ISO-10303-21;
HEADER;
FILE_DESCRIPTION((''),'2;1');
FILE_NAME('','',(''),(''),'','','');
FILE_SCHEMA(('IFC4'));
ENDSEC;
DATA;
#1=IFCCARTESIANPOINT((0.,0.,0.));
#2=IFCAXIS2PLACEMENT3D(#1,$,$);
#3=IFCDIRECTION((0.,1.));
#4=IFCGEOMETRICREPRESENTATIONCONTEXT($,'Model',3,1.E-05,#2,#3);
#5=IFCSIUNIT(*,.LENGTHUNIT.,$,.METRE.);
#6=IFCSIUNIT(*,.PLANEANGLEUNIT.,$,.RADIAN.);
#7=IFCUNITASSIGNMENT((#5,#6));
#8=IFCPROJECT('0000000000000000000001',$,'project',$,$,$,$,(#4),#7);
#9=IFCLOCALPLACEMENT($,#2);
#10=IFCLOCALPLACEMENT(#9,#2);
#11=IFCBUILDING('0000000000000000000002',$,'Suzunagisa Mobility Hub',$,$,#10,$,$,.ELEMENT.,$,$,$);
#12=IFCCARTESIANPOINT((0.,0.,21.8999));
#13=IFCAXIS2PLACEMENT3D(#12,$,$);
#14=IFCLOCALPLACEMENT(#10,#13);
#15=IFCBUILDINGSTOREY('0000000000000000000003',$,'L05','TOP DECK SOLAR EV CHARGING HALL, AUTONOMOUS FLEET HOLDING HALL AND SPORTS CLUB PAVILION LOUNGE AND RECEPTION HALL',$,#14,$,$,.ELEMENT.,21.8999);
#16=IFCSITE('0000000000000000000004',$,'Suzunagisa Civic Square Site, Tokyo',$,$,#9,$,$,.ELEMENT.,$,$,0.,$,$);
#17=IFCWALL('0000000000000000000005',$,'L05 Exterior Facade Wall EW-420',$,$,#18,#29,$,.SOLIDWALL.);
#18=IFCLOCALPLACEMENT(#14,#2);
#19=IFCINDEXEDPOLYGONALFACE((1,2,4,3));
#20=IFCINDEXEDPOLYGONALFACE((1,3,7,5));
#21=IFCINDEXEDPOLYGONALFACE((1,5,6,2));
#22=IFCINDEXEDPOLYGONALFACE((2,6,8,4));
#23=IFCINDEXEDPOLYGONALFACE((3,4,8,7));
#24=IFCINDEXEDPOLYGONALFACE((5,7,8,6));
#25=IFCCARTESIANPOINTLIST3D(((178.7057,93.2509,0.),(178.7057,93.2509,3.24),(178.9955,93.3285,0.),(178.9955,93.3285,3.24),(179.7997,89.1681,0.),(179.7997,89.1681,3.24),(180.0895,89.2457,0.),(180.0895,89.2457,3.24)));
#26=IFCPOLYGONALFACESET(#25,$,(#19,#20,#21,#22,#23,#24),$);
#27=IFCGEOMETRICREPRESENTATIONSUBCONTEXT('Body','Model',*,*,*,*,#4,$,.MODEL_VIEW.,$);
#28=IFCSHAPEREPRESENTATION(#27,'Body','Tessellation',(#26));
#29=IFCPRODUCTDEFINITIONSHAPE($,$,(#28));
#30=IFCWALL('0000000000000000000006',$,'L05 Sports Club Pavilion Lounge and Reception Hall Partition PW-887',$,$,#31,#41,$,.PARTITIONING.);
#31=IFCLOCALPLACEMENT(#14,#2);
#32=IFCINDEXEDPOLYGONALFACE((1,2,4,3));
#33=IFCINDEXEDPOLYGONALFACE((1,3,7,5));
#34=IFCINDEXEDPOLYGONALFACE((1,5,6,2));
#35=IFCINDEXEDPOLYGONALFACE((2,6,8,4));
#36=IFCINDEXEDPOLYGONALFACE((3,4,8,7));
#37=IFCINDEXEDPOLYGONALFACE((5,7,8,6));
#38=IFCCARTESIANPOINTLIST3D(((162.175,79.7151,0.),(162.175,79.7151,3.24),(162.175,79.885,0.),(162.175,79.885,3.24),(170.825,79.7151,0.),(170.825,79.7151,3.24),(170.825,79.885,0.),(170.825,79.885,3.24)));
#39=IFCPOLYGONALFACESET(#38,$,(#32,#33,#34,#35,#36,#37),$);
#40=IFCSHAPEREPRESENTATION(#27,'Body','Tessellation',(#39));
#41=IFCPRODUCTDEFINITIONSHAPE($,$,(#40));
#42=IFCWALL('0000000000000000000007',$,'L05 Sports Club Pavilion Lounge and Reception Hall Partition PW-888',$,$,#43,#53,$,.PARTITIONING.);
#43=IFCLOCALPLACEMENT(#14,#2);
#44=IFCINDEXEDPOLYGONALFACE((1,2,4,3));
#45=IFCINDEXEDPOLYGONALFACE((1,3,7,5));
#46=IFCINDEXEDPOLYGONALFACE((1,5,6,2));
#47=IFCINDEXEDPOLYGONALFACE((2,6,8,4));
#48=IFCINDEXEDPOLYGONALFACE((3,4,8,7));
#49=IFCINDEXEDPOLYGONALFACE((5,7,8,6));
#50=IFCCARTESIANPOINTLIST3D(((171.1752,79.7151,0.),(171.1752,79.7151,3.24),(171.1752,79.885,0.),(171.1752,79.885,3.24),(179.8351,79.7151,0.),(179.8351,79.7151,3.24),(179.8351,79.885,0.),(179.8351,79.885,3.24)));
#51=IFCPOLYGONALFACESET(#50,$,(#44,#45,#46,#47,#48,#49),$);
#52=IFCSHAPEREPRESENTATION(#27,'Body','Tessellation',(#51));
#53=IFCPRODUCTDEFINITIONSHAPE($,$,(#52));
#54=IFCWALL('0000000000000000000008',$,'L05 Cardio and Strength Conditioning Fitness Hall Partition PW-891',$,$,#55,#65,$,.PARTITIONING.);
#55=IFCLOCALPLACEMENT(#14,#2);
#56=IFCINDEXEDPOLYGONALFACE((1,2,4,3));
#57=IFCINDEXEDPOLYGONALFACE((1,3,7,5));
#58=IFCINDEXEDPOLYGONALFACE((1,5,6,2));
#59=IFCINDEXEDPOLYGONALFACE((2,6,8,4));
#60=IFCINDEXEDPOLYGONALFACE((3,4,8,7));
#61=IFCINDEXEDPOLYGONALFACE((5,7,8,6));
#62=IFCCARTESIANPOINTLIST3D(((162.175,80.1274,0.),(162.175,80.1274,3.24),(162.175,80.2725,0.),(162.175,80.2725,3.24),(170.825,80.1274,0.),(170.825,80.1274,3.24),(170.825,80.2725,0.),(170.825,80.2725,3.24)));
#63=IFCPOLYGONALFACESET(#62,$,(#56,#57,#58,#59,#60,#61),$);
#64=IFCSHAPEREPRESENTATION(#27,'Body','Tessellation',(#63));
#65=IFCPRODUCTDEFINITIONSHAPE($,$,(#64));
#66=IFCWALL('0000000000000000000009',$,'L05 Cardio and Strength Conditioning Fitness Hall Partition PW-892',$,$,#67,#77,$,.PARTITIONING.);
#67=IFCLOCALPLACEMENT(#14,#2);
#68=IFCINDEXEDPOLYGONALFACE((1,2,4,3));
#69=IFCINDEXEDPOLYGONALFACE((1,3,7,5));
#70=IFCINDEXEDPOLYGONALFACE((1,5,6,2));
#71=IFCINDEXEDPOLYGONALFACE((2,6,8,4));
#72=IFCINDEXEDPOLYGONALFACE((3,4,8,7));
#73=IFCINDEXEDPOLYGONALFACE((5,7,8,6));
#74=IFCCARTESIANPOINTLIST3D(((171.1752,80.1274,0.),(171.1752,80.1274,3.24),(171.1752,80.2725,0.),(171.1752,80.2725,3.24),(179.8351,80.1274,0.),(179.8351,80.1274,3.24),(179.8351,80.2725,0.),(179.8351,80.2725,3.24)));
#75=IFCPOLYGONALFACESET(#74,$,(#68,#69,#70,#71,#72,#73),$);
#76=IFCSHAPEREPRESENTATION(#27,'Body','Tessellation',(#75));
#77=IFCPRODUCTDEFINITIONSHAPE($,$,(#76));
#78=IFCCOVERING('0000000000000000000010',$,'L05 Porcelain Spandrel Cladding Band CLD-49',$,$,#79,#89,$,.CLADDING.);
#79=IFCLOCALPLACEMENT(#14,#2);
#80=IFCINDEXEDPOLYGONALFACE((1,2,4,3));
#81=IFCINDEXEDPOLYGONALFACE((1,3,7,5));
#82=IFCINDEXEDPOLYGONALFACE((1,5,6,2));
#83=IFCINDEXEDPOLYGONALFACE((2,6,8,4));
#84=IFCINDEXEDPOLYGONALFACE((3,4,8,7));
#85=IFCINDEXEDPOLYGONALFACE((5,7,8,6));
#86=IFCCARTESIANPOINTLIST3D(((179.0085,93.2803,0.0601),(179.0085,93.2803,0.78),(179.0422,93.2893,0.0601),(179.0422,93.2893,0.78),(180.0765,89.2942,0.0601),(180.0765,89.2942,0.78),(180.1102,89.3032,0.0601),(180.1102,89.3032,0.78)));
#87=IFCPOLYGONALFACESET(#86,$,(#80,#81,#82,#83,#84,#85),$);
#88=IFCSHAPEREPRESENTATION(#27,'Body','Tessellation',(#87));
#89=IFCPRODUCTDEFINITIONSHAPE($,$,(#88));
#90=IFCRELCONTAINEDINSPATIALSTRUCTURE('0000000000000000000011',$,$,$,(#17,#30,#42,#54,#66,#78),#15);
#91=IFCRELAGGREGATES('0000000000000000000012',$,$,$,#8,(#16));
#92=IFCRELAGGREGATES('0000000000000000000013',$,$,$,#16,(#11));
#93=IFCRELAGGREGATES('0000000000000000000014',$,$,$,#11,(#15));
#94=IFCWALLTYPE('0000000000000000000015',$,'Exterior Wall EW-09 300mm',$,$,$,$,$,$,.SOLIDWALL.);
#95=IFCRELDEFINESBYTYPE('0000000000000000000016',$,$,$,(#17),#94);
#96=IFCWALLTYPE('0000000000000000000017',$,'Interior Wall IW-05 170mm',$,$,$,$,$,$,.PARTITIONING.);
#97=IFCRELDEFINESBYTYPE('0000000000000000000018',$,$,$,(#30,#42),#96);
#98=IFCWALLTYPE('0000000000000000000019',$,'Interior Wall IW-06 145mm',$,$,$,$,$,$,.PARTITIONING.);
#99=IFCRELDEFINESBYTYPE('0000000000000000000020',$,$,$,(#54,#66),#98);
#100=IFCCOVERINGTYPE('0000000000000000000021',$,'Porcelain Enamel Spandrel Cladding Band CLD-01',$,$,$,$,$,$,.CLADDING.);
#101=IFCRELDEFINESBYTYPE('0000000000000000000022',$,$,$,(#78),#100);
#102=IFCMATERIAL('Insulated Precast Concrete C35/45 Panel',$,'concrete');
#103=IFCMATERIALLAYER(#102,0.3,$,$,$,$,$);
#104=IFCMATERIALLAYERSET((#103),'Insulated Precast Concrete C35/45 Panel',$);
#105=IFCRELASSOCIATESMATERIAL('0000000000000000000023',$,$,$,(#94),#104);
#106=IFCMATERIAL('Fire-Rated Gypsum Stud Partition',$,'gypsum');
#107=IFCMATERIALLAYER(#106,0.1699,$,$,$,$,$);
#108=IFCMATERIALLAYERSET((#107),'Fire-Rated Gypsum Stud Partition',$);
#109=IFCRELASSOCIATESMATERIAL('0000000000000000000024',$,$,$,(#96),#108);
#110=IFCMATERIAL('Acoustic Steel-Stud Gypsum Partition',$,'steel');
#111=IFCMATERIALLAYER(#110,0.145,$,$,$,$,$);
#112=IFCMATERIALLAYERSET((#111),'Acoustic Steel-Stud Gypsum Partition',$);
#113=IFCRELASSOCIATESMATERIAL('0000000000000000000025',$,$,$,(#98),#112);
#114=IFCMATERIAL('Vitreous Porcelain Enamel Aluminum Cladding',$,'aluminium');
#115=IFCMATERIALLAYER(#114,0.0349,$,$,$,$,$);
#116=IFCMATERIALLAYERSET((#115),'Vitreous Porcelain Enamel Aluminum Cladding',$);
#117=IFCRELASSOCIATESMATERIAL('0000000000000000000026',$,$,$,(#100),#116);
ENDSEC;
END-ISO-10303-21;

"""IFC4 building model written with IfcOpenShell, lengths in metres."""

from ifc_helpers import new_model, si_unit, direction, frame, frame_2d, origin, origin_2d, place, context, subcontext, project, spatial, rectangle, extrude, material, layer, layer_set, type_object, element, save


model = new_model("IFC4")

# Units and contexts
model_context = context("Model", 3, precision=1e-05, world=origin(), true_north=direction((0.0, 1.0)))
body_context = subcontext(model_context, "Body", "Model", "MODEL_VIEW")
ifc_project = project(units=[si_unit("LENGTHUNIT", "METRE"), si_unit("PLANEANGLEUNIT", "RADIAN")], contexts=[model_context])

# Site, building, storey
site_placement = place(None, origin())
site = spatial("IfcSite", under=ifc_project, at=site_placement, Name="Suzunagisa Civic Square Site, Tokyo", CompositionType="ELEMENT", RefElevation=0.0)
building_placement = place(site_placement, origin())
building = spatial("IfcBuilding", under=site, at=building_placement, Name="Suzunagisa Mobility Hub", CompositionType="ELEMENT")
storey_placement = place(building_placement, frame((0.0, 0.0, 21.8999)))
storey = spatial("IfcBuildingStorey", under=building, at=storey_placement, Name="L05", Description="TOP DECK SOLAR EV CHARGING HALL, AUTONOMOUS FLEET HOLDING HALL AND SPORTS CLUB PAVILION LOUNGE AND RECEPTION HALL", CompositionType="ELEMENT", Elevation=21.8999)

# Walls
ifc_material_1 = material(Name="Insulated Precast Concrete C35/45 Panel", Category="concrete")
ifc_layer_1 = layer(ifc_material_1, 0.3)
ifc_layer_set_1 = layer_set([ifc_layer_1], Name="Insulated Precast Concrete C35/45 Panel")
wall_type_1 = type_object("IfcWallType", Name="Exterior Wall EW-09 300mm", PredefinedType="SOLIDWALL", material=ifc_layer_set_1)
wall_1_placement = place(storey_placement, frame((179.9446, 89.207, 0.0), z_axis=(0.0, 0.0, 1.0), x_axis=(-0.258824, 0.965925, 0.0)))
element("IfcWall", 1, at=wall_1_placement, inside=storey, type_object=wall_type_1, Name="L05 Exterior Facade Wall EW-420", PredefinedType="SOLIDWALL", context=body_context, shape_type="SweptSolid", body=[
    extrude(rectangle(XDim=4.2268, YDim=0.3, at=frame_2d((2.1133, 0.0))), origin(), (0.0, 0.0, 1.0), 3.24),
])
ifc_material_2 = material(Name="Fire-Rated Gypsum Stud Partition", Category="gypsum")
ifc_layer_2 = layer(ifc_material_2, 0.1699)
ifc_layer_set_2 = layer_set([ifc_layer_2], Name="Fire-Rated Gypsum Stud Partition")
wall_type_2 = type_object("IfcWallType", Name="Interior Wall IW-05 170mm", PredefinedType="PARTITIONING", material=ifc_layer_set_2)
wall_2_placement = place(storey_placement, frame((162.175, 79.8, 0.0), z_axis=(0.0, 0.0, 1.0), x_axis=(1.0, 0.0, 0.0)))
element("IfcWall", 2, at=wall_2_placement, inside=storey, type_object=wall_type_2, Name="L05 Sports Club Pavilion Lounge and Reception Hall Partition PW-887", PredefinedType="PARTITIONING", context=body_context, shape_type="SweptSolid", body=[
    extrude(rectangle(XDim=8.6499, YDim=0.1699, at=frame_2d((4.325, 0.0))), origin(), (0.0, 0.0, 1.0), 3.24),
])
wall_3_placement = place(storey_placement, frame((171.175, 79.8, 0.0), z_axis=(0.0, 0.0, 1.0), x_axis=(1.0, 0.0, 0.0)))
element("IfcWall", 3, at=wall_3_placement, inside=storey, type_object=wall_type_2, Name="L05 Sports Club Pavilion Lounge and Reception Hall Partition PW-888", PredefinedType="PARTITIONING", context=body_context, shape_type="SweptSolid", body=[
    extrude(rectangle(XDim=8.6599, YDim=0.1699, at=frame_2d((4.3301, 0.0))), origin(), (0.0, 0.0, 1.0), 3.24),
])
ifc_material_3 = material(Name="Acoustic Steel-Stud Gypsum Partition", Category="steel")
ifc_layer_3 = layer(ifc_material_3, 0.145)
ifc_layer_set_3 = layer_set([ifc_layer_3], Name="Acoustic Steel-Stud Gypsum Partition")
wall_type_3 = type_object("IfcWallType", Name="Interior Wall IW-06 145mm", PredefinedType="PARTITIONING", material=ifc_layer_set_3)
wall_4_placement = place(storey_placement, frame((162.175, 80.2, 0.0), z_axis=(0.0, 0.0, 1.0), x_axis=(1.0, 0.0, 0.0)))
element("IfcWall", 4, at=wall_4_placement, inside=storey, type_object=wall_type_3, Name="L05 Cardio and Strength Conditioning Fitness Hall Partition PW-891", PredefinedType="PARTITIONING", context=body_context, shape_type="SweptSolid", body=[
    extrude(rectangle(XDim=8.6499, YDim=0.145, at=frame_2d((4.325, 0.0))), origin(), (0.0, 0.0, 1.0), 3.24),
])
wall_5_placement = place(storey_placement, frame((171.175, 80.2, 0.0), z_axis=(0.0, 0.0, 1.0), x_axis=(1.0, 0.0, 0.0)))
element("IfcWall", 5, at=wall_5_placement, inside=storey, type_object=wall_type_3, Name="L05 Cardio and Strength Conditioning Fitness Hall Partition PW-892", PredefinedType="PARTITIONING", context=body_context, shape_type="SweptSolid", body=[
    extrude(rectangle(XDim=8.6599, YDim=0.145, at=frame_2d((4.3301, 0.0))), origin(), (0.0, 0.0, 1.0), 3.24),
])

# Covering
ifc_material_4 = material(Name="Vitreous Porcelain Enamel Aluminum Cladding", Category="aluminium")
ifc_layer_4 = layer(ifc_material_4, 0.0349)
ifc_layer_set_4 = layer_set([ifc_layer_4], Name="Vitreous Porcelain Enamel Aluminum Cladding")
covering_type = type_object("IfcCoveringType", Name="Porcelain Enamel Spandrel Cladding Band CLD-01", PredefinedType="CLADDING", material=ifc_layer_set_4)
covering_placement = place(storey_placement, frame((179.5593, 91.2917, 0.0601), z_axis=(0.0, 0.0, 1.0), x_axis=(-0.258807, 0.965929, 0.0)))
element("IfcCovering", 6, at=covering_placement, inside=storey, type_object=covering_type, Name="L05 Porcelain Spandrel Cladding Band CLD-49", PredefinedType="CLADDING", context=body_context, shape_type="SweptSolid", body=[
    extrude(rectangle(XDim=4.1267, YDim=0.0349, at=origin_2d()), origin(), (0.0, 0.0, 1.0), 0.72),
])

save(model, "model.ifc")
